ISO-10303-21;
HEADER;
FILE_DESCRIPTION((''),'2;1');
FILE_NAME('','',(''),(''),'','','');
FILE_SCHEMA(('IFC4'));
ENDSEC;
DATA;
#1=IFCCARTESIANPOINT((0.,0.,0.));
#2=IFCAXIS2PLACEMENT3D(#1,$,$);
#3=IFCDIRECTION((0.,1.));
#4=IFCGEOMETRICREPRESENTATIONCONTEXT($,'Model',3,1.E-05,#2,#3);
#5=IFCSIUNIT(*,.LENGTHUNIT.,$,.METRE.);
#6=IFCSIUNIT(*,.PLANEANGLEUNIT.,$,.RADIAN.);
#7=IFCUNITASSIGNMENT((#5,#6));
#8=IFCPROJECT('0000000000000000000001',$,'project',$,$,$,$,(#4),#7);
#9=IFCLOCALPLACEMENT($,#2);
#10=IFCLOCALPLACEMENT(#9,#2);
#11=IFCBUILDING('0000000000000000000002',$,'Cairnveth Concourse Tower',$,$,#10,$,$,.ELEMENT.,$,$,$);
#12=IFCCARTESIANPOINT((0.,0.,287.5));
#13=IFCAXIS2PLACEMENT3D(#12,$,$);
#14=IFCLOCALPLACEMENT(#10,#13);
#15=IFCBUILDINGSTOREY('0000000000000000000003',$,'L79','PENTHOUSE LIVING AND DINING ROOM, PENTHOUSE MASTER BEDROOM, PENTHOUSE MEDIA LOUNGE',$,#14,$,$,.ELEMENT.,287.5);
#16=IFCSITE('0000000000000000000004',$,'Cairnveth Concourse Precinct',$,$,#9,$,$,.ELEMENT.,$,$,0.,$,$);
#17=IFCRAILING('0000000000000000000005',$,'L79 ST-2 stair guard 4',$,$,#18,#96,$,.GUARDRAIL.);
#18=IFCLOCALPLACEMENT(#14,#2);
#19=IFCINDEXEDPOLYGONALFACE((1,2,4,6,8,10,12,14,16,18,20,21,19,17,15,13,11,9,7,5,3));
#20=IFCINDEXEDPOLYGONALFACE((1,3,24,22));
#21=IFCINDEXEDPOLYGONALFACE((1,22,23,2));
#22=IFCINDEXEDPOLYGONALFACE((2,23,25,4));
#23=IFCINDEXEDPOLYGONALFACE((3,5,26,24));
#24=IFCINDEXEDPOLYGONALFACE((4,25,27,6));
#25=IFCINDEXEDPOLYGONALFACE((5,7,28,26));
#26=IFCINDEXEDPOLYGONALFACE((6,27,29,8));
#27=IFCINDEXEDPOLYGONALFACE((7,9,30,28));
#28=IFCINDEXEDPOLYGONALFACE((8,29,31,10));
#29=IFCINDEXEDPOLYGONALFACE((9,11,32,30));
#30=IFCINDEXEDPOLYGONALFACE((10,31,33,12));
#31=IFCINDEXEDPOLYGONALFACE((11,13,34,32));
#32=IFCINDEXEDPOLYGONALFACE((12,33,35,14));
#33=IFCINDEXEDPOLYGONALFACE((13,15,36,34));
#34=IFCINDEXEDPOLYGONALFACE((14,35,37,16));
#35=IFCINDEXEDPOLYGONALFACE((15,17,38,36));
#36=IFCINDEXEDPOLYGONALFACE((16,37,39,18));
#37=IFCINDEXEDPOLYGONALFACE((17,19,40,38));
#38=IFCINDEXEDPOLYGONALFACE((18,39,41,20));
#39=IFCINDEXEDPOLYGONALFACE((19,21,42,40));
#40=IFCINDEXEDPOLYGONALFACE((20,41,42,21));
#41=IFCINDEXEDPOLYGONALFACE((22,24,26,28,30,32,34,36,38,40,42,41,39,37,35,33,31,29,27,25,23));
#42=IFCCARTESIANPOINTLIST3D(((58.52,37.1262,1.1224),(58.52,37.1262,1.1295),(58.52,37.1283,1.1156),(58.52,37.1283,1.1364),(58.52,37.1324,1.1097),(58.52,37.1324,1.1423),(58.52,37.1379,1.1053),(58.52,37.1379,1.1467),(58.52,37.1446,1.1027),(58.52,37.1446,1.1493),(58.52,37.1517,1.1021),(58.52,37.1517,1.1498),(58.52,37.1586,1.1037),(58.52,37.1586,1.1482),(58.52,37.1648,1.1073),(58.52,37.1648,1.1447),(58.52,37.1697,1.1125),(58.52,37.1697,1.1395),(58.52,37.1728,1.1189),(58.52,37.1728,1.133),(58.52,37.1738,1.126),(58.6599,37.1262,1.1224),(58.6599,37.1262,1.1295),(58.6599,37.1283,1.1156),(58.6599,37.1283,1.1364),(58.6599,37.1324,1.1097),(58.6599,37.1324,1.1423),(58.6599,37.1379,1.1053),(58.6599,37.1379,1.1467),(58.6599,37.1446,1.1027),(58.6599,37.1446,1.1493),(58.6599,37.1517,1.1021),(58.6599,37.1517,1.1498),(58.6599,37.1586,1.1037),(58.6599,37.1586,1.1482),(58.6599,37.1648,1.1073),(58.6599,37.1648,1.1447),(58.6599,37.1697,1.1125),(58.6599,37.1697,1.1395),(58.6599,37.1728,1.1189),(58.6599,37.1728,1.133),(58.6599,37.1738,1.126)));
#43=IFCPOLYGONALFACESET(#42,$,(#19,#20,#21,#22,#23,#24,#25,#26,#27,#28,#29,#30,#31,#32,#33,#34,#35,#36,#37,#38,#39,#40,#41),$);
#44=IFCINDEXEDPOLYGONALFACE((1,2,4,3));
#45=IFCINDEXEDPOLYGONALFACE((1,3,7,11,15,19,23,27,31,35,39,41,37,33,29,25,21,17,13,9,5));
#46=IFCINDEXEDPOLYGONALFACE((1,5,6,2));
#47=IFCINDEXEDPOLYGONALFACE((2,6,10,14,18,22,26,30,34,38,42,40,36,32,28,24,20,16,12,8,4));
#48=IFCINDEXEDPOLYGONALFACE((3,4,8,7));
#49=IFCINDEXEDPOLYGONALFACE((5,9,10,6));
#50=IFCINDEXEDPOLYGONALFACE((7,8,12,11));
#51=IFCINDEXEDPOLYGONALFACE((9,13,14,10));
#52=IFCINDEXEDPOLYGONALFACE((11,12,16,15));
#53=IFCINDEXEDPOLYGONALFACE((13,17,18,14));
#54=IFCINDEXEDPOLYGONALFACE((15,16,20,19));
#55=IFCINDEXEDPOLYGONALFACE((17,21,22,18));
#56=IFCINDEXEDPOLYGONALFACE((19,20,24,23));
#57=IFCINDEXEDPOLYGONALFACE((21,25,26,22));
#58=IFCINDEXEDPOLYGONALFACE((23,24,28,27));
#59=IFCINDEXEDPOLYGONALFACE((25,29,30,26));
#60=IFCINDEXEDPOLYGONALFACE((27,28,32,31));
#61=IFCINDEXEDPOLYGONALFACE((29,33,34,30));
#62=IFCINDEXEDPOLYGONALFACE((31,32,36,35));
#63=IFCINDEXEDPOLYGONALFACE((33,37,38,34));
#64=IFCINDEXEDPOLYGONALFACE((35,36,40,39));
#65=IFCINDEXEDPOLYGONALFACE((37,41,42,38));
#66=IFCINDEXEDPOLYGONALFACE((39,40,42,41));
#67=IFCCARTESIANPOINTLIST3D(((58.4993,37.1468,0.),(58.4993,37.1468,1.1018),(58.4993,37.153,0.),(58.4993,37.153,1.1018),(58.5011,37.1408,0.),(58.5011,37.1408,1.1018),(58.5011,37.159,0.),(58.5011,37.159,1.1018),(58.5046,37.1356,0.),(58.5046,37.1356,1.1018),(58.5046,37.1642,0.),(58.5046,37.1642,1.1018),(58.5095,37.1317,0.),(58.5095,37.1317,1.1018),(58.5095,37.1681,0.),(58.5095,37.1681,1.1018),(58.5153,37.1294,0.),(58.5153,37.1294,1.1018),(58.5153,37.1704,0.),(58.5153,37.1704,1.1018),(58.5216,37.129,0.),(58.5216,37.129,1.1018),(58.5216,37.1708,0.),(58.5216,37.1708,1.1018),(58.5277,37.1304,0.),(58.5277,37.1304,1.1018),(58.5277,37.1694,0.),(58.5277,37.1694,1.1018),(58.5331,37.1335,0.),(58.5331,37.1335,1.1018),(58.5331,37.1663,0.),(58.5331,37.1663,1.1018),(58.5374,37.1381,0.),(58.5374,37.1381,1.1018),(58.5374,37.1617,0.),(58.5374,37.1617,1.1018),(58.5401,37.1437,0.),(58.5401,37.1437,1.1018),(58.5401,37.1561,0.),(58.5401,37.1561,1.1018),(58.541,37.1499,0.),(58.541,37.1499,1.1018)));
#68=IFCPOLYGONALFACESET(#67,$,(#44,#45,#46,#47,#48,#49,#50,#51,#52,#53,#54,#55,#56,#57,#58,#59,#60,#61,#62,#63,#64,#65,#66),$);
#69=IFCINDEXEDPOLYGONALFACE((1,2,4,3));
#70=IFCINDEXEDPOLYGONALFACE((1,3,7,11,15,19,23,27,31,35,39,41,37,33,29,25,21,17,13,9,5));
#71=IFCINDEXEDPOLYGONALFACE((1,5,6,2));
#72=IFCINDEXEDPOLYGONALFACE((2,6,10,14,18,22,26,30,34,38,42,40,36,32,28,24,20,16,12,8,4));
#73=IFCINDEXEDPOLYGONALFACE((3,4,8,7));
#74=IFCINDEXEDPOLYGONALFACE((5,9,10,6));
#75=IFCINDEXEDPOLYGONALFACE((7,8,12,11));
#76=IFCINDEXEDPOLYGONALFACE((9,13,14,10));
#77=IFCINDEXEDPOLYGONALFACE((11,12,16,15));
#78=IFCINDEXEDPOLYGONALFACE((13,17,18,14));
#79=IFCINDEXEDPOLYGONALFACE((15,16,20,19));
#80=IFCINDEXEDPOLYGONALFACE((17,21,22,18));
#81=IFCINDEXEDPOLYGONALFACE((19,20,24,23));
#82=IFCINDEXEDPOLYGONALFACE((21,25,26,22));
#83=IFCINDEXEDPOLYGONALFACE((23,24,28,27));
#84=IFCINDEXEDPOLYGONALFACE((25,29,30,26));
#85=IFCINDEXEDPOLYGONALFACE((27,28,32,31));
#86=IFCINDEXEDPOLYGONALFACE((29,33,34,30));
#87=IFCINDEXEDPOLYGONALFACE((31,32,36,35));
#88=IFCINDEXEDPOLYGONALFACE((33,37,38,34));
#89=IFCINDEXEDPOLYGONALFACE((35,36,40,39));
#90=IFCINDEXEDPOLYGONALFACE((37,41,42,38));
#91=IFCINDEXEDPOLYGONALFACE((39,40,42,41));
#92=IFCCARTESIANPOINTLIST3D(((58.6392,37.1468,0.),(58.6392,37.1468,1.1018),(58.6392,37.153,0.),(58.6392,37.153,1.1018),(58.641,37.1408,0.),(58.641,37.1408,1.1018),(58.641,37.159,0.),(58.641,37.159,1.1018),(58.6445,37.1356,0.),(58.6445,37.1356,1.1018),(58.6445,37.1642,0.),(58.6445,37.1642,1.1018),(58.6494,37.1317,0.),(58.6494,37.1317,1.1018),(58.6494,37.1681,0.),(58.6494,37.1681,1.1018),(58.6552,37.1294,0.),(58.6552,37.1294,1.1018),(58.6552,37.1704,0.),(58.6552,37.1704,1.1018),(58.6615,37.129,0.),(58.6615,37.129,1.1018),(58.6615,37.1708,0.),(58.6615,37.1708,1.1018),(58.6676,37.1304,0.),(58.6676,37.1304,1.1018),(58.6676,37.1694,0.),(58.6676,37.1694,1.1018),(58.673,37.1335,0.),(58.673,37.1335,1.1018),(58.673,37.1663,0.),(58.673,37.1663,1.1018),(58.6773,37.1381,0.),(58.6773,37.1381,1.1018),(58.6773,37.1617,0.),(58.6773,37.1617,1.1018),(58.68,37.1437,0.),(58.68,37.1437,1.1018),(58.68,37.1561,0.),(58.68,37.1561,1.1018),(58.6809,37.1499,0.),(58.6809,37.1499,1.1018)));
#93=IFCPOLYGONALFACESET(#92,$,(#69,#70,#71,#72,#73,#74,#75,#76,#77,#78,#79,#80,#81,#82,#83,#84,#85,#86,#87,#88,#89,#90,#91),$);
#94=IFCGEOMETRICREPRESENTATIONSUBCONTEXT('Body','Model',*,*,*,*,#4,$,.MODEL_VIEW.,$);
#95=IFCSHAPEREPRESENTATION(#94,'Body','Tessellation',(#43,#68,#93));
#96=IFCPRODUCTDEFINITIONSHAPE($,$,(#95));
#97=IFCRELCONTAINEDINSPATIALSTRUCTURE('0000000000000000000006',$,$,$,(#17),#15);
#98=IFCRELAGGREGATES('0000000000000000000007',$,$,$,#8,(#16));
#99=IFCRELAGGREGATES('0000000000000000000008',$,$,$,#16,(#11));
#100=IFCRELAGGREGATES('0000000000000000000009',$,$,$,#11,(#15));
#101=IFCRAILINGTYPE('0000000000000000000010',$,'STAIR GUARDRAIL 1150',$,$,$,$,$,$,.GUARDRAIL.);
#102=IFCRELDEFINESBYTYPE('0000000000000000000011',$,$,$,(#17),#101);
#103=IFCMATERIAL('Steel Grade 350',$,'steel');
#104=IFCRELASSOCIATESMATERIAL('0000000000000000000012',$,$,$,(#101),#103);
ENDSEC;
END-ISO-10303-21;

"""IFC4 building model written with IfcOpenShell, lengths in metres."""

from ifc_helpers import new_model, si_unit, direction, frame, origin, origin_2d, place, context, subcontext, project, spatial, circle, extrude, material, type_object, element, save


model = new_model("IFC4")

# Units and contexts
model_context = context("Model", 3, precision=1e-05, world=origin(), true_north=direction((0.0, 1.0)))
body_context = subcontext(model_context, "Body", "Model", "MODEL_VIEW")
ifc_project = project(units=[si_unit("LENGTHUNIT", "METRE"), si_unit("PLANEANGLEUNIT", "RADIAN")], contexts=[model_context])

# Site, building, storey
site_placement = place(None, origin())
site = spatial("IfcSite", under=ifc_project, at=site_placement, Name="Cairnveth Concourse Precinct", CompositionType="ELEMENT", RefElevation=0.0)
building_placement = place(site_placement, origin())
building = spatial("IfcBuilding", under=site, at=building_placement, Name="Cairnveth Concourse Tower", CompositionType="ELEMENT")
storey_placement = place(building_placement, frame((0.0, 0.0, 287.5)))
storey = spatial("IfcBuildingStorey", under=building, at=storey_placement, Name="L79", Description="PENTHOUSE LIVING AND DINING ROOM, PENTHOUSE MASTER BEDROOM, PENTHOUSE MEDIA LOUNGE", CompositionType="ELEMENT", Elevation=287.5)

# Shared definitions
ifc_material_1 = material(Name="Steel Grade 350", Category="steel")

# Railing
railing_type = type_object("IfcRailingType", Name="STAIR GUARDRAIL 1150", PredefinedType="GUARDRAIL", material=ifc_material_1)
railing_1_placement = place(storey_placement, frame((58.52, 37.1499, 0.0)))
element("IfcRailing", 1, at=railing_1_placement, inside=storey, type_object=railing_type, Name="L79 ST-2 stair guard 4", PredefinedType="GUARDRAIL", context=body_context, shape_type="SweptSolid", body=[
    extrude(circle(Radius=0.0239, at=origin_2d()), frame((0.0, 0.0, 1.126), z_axis=(1.0, 0.0, 0.0), x_axis=(0.0, 1.0, 0.0)), (0.0, 0.0, 1.0), 0.1399),
    extrude(circle(Radius=0.021, at=origin_2d()), origin(), (0.0, 0.0, 1.0), 1.1018),
    extrude(circle(Radius=0.021, at=origin_2d()), frame((0.1399, 0.0, 0.0)), (0.0, 0.0, 1.0), 1.1018),
])

save(model, "model.ifc")
